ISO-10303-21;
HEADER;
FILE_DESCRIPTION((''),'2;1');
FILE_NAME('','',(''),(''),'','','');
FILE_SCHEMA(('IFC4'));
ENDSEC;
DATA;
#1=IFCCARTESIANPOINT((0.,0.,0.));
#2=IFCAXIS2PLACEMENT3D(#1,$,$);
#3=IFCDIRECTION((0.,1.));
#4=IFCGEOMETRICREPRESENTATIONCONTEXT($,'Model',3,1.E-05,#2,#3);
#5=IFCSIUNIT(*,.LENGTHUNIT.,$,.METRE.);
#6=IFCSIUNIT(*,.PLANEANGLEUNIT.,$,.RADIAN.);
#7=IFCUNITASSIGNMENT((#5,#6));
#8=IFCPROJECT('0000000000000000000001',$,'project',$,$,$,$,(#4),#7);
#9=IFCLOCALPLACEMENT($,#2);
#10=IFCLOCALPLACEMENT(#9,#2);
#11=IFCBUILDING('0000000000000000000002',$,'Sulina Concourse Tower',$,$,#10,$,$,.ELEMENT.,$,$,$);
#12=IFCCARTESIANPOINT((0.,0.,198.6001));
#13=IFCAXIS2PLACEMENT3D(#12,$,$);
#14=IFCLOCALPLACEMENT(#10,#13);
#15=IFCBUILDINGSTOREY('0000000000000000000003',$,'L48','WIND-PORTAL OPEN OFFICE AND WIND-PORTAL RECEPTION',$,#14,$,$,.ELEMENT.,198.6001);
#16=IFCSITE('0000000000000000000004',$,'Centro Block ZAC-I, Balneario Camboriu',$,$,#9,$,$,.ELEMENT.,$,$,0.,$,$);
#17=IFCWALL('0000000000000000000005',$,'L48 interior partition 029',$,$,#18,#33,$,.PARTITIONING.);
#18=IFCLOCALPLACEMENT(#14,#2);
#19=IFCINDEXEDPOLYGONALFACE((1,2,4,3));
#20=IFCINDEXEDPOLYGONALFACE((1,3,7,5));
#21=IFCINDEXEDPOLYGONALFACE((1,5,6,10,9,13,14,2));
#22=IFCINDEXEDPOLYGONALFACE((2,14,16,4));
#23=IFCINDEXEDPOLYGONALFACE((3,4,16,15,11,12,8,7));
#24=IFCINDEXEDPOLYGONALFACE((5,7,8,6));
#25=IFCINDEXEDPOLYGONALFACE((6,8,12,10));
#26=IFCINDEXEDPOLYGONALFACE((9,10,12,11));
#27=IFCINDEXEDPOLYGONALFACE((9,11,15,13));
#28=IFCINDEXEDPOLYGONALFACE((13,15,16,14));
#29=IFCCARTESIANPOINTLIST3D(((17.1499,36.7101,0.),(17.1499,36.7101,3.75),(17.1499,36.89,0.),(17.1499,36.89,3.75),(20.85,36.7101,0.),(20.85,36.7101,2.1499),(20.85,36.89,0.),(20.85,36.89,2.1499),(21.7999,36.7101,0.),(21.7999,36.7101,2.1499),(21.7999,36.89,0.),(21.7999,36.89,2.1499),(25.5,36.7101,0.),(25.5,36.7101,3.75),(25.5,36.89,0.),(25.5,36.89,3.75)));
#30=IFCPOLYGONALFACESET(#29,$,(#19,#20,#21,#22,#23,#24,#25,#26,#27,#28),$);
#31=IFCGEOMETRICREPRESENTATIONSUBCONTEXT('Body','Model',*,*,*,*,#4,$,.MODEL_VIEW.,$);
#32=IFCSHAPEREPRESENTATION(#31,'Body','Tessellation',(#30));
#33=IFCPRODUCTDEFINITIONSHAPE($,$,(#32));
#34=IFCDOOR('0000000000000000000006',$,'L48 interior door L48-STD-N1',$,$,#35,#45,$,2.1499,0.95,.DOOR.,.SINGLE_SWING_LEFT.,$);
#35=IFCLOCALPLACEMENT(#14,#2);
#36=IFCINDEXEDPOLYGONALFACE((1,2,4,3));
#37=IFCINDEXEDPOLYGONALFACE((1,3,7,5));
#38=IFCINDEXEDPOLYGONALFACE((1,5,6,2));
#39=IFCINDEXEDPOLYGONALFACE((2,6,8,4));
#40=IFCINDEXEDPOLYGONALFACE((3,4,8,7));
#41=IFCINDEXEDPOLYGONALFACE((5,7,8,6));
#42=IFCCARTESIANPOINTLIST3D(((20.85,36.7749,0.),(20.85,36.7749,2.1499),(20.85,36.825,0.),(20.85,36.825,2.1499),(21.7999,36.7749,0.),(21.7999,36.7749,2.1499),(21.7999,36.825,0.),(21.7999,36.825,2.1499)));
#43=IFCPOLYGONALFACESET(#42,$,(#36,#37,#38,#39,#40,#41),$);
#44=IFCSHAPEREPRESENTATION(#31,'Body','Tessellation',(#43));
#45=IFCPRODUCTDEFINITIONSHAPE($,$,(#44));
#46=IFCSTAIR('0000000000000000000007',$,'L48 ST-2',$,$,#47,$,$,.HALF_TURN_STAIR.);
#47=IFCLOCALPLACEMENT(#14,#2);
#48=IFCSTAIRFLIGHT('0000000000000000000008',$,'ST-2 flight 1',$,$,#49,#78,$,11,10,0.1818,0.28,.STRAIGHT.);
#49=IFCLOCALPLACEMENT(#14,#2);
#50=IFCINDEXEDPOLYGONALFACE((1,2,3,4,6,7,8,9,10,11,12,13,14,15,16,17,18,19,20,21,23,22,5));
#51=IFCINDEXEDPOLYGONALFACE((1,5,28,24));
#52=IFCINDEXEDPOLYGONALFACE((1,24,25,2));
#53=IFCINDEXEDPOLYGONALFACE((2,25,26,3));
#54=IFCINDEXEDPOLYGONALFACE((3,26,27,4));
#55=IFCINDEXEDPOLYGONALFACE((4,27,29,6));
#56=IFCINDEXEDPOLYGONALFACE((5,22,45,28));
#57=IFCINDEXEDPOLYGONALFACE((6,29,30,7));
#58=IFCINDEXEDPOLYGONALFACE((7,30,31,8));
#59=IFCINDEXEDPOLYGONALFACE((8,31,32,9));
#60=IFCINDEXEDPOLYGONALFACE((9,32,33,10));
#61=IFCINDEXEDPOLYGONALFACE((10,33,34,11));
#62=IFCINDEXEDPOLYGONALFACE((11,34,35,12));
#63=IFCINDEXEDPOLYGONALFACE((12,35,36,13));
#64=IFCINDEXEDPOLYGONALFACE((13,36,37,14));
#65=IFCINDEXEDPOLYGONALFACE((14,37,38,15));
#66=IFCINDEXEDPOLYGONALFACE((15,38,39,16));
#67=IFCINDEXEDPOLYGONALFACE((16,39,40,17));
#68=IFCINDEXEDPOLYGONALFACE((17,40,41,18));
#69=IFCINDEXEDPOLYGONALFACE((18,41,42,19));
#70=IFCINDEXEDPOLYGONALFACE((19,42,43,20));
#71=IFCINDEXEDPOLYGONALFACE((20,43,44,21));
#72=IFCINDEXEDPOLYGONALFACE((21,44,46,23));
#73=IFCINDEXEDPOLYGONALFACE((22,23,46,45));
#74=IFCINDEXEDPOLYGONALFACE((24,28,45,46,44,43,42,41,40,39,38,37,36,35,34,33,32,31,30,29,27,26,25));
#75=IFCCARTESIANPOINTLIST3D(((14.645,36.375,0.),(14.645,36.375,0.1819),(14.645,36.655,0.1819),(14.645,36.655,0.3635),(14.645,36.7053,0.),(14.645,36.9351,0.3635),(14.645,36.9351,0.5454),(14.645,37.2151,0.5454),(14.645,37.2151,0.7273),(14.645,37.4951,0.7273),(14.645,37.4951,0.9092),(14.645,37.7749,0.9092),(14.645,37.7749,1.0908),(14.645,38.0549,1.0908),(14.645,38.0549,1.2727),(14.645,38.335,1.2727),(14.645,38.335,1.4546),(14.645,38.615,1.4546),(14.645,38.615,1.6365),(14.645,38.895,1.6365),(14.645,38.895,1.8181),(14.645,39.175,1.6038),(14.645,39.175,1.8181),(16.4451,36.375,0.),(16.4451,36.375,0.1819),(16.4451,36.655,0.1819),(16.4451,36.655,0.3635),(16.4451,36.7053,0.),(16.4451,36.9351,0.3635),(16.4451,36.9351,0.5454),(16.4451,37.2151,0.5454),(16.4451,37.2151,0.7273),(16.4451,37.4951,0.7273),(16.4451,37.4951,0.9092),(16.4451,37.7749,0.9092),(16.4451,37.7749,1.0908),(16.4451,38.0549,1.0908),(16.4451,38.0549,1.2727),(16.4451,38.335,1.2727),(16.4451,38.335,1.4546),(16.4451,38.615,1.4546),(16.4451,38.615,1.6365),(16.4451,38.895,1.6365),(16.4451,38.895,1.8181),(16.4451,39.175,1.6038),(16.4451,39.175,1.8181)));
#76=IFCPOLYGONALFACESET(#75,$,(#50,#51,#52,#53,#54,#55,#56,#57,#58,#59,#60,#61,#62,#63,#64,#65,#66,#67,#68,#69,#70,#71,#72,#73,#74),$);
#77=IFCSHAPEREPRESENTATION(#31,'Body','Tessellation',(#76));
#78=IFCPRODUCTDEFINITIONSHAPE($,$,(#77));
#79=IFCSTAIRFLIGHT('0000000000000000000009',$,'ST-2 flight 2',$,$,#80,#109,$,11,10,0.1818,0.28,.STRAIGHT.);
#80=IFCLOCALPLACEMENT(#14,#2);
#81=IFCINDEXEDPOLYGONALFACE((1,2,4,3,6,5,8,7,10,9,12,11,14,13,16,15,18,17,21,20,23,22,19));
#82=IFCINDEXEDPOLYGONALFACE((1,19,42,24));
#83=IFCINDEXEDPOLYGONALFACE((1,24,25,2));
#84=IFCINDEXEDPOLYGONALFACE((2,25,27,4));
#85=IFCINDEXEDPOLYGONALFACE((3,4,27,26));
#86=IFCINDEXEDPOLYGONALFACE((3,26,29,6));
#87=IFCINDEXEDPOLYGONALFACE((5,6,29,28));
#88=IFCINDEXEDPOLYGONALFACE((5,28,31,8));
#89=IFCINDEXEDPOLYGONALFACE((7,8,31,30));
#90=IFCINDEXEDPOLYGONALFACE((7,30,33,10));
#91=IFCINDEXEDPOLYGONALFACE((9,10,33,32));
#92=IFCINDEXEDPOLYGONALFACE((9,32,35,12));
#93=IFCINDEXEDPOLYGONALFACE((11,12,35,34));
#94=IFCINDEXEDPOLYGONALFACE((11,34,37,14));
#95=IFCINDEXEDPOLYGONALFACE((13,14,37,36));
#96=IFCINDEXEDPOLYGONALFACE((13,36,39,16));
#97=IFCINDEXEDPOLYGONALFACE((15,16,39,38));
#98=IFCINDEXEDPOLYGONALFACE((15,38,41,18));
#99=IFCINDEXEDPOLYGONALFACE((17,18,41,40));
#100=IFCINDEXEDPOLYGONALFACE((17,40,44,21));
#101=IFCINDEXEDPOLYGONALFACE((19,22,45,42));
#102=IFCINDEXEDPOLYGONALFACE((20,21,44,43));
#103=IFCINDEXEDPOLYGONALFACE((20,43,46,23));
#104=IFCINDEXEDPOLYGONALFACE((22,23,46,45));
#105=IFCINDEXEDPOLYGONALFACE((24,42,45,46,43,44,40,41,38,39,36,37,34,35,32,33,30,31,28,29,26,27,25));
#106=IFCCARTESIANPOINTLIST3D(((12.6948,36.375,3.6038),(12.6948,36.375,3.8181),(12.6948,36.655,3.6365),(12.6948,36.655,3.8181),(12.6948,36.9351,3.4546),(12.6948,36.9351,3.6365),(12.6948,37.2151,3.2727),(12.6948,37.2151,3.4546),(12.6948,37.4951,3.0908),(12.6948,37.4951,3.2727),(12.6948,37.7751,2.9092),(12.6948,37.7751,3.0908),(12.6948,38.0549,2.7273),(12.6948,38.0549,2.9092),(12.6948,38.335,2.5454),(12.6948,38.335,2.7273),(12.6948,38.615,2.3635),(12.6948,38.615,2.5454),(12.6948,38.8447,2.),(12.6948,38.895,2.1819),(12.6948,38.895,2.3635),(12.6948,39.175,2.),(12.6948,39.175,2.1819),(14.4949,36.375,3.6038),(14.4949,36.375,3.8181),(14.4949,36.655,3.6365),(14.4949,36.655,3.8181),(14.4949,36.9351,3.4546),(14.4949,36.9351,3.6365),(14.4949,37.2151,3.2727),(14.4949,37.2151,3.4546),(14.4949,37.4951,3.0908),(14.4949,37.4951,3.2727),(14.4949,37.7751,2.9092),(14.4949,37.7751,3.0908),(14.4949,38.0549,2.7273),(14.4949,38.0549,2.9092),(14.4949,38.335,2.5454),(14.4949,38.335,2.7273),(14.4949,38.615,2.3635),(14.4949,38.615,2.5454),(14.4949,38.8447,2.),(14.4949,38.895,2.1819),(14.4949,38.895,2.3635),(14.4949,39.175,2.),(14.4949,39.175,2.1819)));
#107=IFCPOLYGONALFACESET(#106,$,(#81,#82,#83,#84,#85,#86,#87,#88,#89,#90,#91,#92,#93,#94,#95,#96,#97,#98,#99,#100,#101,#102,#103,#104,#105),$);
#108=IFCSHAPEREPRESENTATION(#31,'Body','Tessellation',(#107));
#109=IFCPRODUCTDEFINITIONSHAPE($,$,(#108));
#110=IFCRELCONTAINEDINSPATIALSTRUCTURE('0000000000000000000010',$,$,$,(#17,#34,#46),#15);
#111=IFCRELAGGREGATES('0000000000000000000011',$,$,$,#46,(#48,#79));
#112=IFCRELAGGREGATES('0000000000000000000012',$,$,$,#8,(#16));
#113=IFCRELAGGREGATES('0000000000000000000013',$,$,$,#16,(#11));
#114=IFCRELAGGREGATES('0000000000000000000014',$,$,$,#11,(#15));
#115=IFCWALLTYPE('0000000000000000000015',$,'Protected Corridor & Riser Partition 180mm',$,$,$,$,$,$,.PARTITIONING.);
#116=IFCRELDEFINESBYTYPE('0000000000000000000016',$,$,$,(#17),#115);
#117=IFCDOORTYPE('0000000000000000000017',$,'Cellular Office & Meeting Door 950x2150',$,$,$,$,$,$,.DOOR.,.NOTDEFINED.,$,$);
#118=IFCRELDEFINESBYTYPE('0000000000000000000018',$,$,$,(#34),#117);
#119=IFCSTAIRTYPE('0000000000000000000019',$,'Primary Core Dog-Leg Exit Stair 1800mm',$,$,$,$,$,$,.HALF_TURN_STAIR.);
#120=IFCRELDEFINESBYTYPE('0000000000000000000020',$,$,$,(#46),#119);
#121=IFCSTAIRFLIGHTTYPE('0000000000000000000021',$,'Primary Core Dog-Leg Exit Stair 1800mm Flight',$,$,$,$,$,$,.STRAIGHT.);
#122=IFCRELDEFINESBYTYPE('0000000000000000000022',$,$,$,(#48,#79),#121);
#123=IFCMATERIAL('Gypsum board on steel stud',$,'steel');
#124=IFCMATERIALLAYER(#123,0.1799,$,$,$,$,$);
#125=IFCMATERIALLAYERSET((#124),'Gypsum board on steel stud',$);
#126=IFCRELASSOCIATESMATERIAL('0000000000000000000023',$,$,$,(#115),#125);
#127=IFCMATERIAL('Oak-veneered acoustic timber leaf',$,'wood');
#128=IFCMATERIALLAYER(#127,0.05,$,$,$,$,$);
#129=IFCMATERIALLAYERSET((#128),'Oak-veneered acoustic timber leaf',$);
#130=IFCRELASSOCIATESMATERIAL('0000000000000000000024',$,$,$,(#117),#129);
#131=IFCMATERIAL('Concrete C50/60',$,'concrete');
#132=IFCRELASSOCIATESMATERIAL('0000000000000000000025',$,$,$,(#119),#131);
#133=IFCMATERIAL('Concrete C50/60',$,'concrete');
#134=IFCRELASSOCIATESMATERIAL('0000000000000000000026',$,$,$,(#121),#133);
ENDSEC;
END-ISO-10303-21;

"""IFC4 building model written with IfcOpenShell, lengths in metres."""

from ifc_helpers import new_model, si_unit, direction, frame, frame_2d, origin, place, context, subcontext, project, spatial, polyline, rectangle, outline, extrude, material, layer, layer_set, type_object, element, fill, aggregate, save


model = new_model("IFC4")

# Units and contexts
model_context = context("Model", 3, precision=1e-05, world=origin(), true_north=direction((0.0, 1.0)))
body_context = subcontext(model_context, "Body", "Model", "MODEL_VIEW")
ifc_project = project(units=[si_unit("LENGTHUNIT", "METRE"), si_unit("PLANEANGLEUNIT", "RADIAN")], contexts=[model_context])

# Site, building, storey
site_placement = place(None, origin())
site = spatial("IfcSite", under=ifc_project, at=site_placement, Name="Centro Block ZAC-I, Balneario Camboriu", CompositionType="ELEMENT", RefElevation=0.0)
building_placement = place(site_placement, origin())
building = spatial("IfcBuilding", under=site, at=building_placement, Name="Sulina Concourse Tower", CompositionType="ELEMENT")
storey_placement = place(building_placement, frame((0.0, 0.0, 198.6001)))
storey = spatial("IfcBuildingStorey", under=building, at=storey_placement, Name="L48", Description="WIND-PORTAL OPEN OFFICE AND WIND-PORTAL RECEPTION", CompositionType="ELEMENT", Elevation=198.6001)

# Wall, opening, door
ifc_material_1 = material(Name="Gypsum board on steel stud", Category="steel")
ifc_layer_1 = layer(ifc_material_1, 0.1799)
ifc_layer_set_1 = layer_set([ifc_layer_1], Name="Gypsum board on steel stud")
wall_type_1 = type_object("IfcWallType", Name="Protected Corridor & Riser Partition 180mm", PredefinedType="PARTITIONING", material=ifc_layer_set_1)
wall_1_placement = place(storey_placement, frame((17.1499, 36.8, 0.0), z_axis=(0.0, 0.0, 1.0), x_axis=(1.0, 0.0, 0.0)))
wall_1 = element("IfcWall", 1, at=wall_1_placement, inside=storey, type_object=wall_type_1, Name="L48 interior partition 029", PredefinedType="PARTITIONING", context=body_context, shape_type="SweptSolid", body=[
    extrude(rectangle(XDim=8.3501, YDim=0.1799, at=frame_2d((4.175, 0.0))), origin(), (0.0, 0.0, 1.0), 3.75),
])
opening_1_placement = place(wall_1_placement, frame((3.7, 0.0, 0.0)))
opening_1 = element("IfcOpeningElement", 2, at=opening_1_placement, cuts=wall_1, PredefinedType="OPENING", context=body_context, shape_type="SweptSolid", body=[
    extrude(rectangle(XDim=0.95, YDim=2.1499, at=frame_2d((0.4751, 1.075))), frame((0.0, 0.0999, 0.0), z_axis=(0.0, -1.0, 0.0), x_axis=(1.0, 0.0, 0.0)), (0.0, 0.0, 1.0), 0.2),
])
ifc_material_2 = material(Name="Oak-veneered acoustic timber leaf", Category="wood")
ifc_layer_2 = layer(ifc_material_2, 0.05)
ifc_layer_set_2 = layer_set([ifc_layer_2], Name="Oak-veneered acoustic timber leaf")
door_type_1 = type_object("IfcDoorType", Name="Cellular Office & Meeting Door 950x2150", OperationType="NOTDEFINED", PredefinedType="DOOR", material=ifc_layer_set_2)
door_1_placement = place(opening_1_placement, origin())
door_1 = element("IfcDoor", 3, at=door_1_placement, inside=storey, type_object=door_type_1, Name="L48 interior door L48-STD-N1", OperationType="SINGLE_SWING_LEFT", OverallHeight=2.1499, OverallWidth=0.95, PredefinedType="DOOR", context=body_context, shape_type="SweptSolid", body=[
    extrude(rectangle(XDim=0.95, YDim=2.1499, at=frame_2d((0.4751, 1.075))), frame((0.0, 0.0249, 0.0), z_axis=(0.0, -1.0, 0.0), x_axis=(1.0, 0.0, 0.0)), (0.0, 0.0, 1.0), 0.05),
])
fill(opening_1, door_1)

# Stair, stair flights
ifc_material_3 = material(Name="Concrete C50/60", Category="concrete")
stair_type = type_object("IfcStairType", Name="Primary Core Dog-Leg Exit Stair 1800mm", PredefinedType="HALF_TURN_STAIR", material=ifc_material_3)
stair_placement = place(storey_placement, origin())
stair = element("IfcStair", 4, at=stair_placement, inside=storey, type_object=stair_type, Name="L48 ST-2", PredefinedType="HALF_TURN_STAIR")
ifc_material_4 = material(Name="Concrete C50/60", Category="concrete")
stair_flight_type = type_object("IfcStairFlightType", Name="Primary Core Dog-Leg Exit Stair 1800mm Flight", PredefinedType="STRAIGHT", material=ifc_material_4)
stair_flight_1_placement = place(storey_placement, frame((15.5449, 36.375, 0.0), z_axis=(0.0, 0.0, 1.0), x_axis=(0.0, 1.0, 0.0)))
stair_flight_1 = element("IfcStairFlight", 5, at=stair_flight_1_placement, type_object=stair_flight_type, Name="ST-2 flight 1", NumberOfRisers=11, NumberOfTreads=10, PredefinedType="STRAIGHT", RiserHeight=0.1818, TreadLength=0.28, context=body_context, shape_type="SweptSolid", body=[
    extrude(outline(polyline([(0.0, 0.0), (0.0, 0.1819), (0.28, 0.1819), (0.28, 0.3635), (0.5601, 0.3635), (0.5601, 0.5454), (0.8401, 0.5454), (0.8401, 0.7273), (1.1201, 0.7273), (1.1201, 0.9092), (1.3999, 0.9092), (1.3999, 1.0908), (1.6799, 1.0908), (1.6799, 1.2727), (1.96, 1.2727), (1.96, 1.4546), (2.24, 1.4546), (2.24, 1.6365), (2.52, 1.6365), (2.52, 1.8181), (2.8, 1.8181), (2.8, 2.0), (2.8, 1.6038), (0.3303, 0.0), (0.0, 0.0)])), frame((0.0, 0.8999, 0.0), z_axis=(0.0, -1.0, 0.0), x_axis=(1.0, 0.0, 0.0)), (0.0, 0.0, 1.0), 1.8),
])
stair_flight_2_placement = place(storey_placement, frame((13.595, 39.175, 2.0), z_axis=(0.0, 0.0, 1.0), x_axis=(0.0, -1.0, 0.0)))
stair_flight_2 = element("IfcStairFlight", 6, at=stair_flight_2_placement, type_object=stair_flight_type, Name="ST-2 flight 2", NumberOfRisers=11, NumberOfTreads=10, PredefinedType="STRAIGHT", RiserHeight=0.1818, TreadLength=0.28, context=body_context, shape_type="SweptSolid", body=[
    extrude(outline(polyline([(0.0, 0.0), (0.0, 0.1819), (0.28, 0.1819), (0.28, 0.3635), (0.5601, 0.3635), (0.5601, 0.5454), (0.8401, 0.5454), (0.8401, 0.7273), (1.1201, 0.7273), (1.1201, 0.9092), (1.3999, 0.9092), (1.3999, 1.0908), (1.6799, 1.0908), (1.6799, 1.2727), (1.96, 1.2727), (1.96, 1.4546), (2.24, 1.4546), (2.24, 1.6365), (2.52, 1.6365), (2.52, 1.8181), (2.8, 1.8181), (2.8, 2.0), (2.8, 1.6038), (0.3303, 0.0), (0.0, 0.0)])), frame((0.0, 0.8999, 0.0), z_axis=(0.0, -1.0, 0.0), x_axis=(1.0, 0.0, 0.0)), (0.0, 0.0, 1.0), 1.8),
])
aggregate(stair, [stair_flight_1, stair_flight_2])

save(model, "model.ifc")
